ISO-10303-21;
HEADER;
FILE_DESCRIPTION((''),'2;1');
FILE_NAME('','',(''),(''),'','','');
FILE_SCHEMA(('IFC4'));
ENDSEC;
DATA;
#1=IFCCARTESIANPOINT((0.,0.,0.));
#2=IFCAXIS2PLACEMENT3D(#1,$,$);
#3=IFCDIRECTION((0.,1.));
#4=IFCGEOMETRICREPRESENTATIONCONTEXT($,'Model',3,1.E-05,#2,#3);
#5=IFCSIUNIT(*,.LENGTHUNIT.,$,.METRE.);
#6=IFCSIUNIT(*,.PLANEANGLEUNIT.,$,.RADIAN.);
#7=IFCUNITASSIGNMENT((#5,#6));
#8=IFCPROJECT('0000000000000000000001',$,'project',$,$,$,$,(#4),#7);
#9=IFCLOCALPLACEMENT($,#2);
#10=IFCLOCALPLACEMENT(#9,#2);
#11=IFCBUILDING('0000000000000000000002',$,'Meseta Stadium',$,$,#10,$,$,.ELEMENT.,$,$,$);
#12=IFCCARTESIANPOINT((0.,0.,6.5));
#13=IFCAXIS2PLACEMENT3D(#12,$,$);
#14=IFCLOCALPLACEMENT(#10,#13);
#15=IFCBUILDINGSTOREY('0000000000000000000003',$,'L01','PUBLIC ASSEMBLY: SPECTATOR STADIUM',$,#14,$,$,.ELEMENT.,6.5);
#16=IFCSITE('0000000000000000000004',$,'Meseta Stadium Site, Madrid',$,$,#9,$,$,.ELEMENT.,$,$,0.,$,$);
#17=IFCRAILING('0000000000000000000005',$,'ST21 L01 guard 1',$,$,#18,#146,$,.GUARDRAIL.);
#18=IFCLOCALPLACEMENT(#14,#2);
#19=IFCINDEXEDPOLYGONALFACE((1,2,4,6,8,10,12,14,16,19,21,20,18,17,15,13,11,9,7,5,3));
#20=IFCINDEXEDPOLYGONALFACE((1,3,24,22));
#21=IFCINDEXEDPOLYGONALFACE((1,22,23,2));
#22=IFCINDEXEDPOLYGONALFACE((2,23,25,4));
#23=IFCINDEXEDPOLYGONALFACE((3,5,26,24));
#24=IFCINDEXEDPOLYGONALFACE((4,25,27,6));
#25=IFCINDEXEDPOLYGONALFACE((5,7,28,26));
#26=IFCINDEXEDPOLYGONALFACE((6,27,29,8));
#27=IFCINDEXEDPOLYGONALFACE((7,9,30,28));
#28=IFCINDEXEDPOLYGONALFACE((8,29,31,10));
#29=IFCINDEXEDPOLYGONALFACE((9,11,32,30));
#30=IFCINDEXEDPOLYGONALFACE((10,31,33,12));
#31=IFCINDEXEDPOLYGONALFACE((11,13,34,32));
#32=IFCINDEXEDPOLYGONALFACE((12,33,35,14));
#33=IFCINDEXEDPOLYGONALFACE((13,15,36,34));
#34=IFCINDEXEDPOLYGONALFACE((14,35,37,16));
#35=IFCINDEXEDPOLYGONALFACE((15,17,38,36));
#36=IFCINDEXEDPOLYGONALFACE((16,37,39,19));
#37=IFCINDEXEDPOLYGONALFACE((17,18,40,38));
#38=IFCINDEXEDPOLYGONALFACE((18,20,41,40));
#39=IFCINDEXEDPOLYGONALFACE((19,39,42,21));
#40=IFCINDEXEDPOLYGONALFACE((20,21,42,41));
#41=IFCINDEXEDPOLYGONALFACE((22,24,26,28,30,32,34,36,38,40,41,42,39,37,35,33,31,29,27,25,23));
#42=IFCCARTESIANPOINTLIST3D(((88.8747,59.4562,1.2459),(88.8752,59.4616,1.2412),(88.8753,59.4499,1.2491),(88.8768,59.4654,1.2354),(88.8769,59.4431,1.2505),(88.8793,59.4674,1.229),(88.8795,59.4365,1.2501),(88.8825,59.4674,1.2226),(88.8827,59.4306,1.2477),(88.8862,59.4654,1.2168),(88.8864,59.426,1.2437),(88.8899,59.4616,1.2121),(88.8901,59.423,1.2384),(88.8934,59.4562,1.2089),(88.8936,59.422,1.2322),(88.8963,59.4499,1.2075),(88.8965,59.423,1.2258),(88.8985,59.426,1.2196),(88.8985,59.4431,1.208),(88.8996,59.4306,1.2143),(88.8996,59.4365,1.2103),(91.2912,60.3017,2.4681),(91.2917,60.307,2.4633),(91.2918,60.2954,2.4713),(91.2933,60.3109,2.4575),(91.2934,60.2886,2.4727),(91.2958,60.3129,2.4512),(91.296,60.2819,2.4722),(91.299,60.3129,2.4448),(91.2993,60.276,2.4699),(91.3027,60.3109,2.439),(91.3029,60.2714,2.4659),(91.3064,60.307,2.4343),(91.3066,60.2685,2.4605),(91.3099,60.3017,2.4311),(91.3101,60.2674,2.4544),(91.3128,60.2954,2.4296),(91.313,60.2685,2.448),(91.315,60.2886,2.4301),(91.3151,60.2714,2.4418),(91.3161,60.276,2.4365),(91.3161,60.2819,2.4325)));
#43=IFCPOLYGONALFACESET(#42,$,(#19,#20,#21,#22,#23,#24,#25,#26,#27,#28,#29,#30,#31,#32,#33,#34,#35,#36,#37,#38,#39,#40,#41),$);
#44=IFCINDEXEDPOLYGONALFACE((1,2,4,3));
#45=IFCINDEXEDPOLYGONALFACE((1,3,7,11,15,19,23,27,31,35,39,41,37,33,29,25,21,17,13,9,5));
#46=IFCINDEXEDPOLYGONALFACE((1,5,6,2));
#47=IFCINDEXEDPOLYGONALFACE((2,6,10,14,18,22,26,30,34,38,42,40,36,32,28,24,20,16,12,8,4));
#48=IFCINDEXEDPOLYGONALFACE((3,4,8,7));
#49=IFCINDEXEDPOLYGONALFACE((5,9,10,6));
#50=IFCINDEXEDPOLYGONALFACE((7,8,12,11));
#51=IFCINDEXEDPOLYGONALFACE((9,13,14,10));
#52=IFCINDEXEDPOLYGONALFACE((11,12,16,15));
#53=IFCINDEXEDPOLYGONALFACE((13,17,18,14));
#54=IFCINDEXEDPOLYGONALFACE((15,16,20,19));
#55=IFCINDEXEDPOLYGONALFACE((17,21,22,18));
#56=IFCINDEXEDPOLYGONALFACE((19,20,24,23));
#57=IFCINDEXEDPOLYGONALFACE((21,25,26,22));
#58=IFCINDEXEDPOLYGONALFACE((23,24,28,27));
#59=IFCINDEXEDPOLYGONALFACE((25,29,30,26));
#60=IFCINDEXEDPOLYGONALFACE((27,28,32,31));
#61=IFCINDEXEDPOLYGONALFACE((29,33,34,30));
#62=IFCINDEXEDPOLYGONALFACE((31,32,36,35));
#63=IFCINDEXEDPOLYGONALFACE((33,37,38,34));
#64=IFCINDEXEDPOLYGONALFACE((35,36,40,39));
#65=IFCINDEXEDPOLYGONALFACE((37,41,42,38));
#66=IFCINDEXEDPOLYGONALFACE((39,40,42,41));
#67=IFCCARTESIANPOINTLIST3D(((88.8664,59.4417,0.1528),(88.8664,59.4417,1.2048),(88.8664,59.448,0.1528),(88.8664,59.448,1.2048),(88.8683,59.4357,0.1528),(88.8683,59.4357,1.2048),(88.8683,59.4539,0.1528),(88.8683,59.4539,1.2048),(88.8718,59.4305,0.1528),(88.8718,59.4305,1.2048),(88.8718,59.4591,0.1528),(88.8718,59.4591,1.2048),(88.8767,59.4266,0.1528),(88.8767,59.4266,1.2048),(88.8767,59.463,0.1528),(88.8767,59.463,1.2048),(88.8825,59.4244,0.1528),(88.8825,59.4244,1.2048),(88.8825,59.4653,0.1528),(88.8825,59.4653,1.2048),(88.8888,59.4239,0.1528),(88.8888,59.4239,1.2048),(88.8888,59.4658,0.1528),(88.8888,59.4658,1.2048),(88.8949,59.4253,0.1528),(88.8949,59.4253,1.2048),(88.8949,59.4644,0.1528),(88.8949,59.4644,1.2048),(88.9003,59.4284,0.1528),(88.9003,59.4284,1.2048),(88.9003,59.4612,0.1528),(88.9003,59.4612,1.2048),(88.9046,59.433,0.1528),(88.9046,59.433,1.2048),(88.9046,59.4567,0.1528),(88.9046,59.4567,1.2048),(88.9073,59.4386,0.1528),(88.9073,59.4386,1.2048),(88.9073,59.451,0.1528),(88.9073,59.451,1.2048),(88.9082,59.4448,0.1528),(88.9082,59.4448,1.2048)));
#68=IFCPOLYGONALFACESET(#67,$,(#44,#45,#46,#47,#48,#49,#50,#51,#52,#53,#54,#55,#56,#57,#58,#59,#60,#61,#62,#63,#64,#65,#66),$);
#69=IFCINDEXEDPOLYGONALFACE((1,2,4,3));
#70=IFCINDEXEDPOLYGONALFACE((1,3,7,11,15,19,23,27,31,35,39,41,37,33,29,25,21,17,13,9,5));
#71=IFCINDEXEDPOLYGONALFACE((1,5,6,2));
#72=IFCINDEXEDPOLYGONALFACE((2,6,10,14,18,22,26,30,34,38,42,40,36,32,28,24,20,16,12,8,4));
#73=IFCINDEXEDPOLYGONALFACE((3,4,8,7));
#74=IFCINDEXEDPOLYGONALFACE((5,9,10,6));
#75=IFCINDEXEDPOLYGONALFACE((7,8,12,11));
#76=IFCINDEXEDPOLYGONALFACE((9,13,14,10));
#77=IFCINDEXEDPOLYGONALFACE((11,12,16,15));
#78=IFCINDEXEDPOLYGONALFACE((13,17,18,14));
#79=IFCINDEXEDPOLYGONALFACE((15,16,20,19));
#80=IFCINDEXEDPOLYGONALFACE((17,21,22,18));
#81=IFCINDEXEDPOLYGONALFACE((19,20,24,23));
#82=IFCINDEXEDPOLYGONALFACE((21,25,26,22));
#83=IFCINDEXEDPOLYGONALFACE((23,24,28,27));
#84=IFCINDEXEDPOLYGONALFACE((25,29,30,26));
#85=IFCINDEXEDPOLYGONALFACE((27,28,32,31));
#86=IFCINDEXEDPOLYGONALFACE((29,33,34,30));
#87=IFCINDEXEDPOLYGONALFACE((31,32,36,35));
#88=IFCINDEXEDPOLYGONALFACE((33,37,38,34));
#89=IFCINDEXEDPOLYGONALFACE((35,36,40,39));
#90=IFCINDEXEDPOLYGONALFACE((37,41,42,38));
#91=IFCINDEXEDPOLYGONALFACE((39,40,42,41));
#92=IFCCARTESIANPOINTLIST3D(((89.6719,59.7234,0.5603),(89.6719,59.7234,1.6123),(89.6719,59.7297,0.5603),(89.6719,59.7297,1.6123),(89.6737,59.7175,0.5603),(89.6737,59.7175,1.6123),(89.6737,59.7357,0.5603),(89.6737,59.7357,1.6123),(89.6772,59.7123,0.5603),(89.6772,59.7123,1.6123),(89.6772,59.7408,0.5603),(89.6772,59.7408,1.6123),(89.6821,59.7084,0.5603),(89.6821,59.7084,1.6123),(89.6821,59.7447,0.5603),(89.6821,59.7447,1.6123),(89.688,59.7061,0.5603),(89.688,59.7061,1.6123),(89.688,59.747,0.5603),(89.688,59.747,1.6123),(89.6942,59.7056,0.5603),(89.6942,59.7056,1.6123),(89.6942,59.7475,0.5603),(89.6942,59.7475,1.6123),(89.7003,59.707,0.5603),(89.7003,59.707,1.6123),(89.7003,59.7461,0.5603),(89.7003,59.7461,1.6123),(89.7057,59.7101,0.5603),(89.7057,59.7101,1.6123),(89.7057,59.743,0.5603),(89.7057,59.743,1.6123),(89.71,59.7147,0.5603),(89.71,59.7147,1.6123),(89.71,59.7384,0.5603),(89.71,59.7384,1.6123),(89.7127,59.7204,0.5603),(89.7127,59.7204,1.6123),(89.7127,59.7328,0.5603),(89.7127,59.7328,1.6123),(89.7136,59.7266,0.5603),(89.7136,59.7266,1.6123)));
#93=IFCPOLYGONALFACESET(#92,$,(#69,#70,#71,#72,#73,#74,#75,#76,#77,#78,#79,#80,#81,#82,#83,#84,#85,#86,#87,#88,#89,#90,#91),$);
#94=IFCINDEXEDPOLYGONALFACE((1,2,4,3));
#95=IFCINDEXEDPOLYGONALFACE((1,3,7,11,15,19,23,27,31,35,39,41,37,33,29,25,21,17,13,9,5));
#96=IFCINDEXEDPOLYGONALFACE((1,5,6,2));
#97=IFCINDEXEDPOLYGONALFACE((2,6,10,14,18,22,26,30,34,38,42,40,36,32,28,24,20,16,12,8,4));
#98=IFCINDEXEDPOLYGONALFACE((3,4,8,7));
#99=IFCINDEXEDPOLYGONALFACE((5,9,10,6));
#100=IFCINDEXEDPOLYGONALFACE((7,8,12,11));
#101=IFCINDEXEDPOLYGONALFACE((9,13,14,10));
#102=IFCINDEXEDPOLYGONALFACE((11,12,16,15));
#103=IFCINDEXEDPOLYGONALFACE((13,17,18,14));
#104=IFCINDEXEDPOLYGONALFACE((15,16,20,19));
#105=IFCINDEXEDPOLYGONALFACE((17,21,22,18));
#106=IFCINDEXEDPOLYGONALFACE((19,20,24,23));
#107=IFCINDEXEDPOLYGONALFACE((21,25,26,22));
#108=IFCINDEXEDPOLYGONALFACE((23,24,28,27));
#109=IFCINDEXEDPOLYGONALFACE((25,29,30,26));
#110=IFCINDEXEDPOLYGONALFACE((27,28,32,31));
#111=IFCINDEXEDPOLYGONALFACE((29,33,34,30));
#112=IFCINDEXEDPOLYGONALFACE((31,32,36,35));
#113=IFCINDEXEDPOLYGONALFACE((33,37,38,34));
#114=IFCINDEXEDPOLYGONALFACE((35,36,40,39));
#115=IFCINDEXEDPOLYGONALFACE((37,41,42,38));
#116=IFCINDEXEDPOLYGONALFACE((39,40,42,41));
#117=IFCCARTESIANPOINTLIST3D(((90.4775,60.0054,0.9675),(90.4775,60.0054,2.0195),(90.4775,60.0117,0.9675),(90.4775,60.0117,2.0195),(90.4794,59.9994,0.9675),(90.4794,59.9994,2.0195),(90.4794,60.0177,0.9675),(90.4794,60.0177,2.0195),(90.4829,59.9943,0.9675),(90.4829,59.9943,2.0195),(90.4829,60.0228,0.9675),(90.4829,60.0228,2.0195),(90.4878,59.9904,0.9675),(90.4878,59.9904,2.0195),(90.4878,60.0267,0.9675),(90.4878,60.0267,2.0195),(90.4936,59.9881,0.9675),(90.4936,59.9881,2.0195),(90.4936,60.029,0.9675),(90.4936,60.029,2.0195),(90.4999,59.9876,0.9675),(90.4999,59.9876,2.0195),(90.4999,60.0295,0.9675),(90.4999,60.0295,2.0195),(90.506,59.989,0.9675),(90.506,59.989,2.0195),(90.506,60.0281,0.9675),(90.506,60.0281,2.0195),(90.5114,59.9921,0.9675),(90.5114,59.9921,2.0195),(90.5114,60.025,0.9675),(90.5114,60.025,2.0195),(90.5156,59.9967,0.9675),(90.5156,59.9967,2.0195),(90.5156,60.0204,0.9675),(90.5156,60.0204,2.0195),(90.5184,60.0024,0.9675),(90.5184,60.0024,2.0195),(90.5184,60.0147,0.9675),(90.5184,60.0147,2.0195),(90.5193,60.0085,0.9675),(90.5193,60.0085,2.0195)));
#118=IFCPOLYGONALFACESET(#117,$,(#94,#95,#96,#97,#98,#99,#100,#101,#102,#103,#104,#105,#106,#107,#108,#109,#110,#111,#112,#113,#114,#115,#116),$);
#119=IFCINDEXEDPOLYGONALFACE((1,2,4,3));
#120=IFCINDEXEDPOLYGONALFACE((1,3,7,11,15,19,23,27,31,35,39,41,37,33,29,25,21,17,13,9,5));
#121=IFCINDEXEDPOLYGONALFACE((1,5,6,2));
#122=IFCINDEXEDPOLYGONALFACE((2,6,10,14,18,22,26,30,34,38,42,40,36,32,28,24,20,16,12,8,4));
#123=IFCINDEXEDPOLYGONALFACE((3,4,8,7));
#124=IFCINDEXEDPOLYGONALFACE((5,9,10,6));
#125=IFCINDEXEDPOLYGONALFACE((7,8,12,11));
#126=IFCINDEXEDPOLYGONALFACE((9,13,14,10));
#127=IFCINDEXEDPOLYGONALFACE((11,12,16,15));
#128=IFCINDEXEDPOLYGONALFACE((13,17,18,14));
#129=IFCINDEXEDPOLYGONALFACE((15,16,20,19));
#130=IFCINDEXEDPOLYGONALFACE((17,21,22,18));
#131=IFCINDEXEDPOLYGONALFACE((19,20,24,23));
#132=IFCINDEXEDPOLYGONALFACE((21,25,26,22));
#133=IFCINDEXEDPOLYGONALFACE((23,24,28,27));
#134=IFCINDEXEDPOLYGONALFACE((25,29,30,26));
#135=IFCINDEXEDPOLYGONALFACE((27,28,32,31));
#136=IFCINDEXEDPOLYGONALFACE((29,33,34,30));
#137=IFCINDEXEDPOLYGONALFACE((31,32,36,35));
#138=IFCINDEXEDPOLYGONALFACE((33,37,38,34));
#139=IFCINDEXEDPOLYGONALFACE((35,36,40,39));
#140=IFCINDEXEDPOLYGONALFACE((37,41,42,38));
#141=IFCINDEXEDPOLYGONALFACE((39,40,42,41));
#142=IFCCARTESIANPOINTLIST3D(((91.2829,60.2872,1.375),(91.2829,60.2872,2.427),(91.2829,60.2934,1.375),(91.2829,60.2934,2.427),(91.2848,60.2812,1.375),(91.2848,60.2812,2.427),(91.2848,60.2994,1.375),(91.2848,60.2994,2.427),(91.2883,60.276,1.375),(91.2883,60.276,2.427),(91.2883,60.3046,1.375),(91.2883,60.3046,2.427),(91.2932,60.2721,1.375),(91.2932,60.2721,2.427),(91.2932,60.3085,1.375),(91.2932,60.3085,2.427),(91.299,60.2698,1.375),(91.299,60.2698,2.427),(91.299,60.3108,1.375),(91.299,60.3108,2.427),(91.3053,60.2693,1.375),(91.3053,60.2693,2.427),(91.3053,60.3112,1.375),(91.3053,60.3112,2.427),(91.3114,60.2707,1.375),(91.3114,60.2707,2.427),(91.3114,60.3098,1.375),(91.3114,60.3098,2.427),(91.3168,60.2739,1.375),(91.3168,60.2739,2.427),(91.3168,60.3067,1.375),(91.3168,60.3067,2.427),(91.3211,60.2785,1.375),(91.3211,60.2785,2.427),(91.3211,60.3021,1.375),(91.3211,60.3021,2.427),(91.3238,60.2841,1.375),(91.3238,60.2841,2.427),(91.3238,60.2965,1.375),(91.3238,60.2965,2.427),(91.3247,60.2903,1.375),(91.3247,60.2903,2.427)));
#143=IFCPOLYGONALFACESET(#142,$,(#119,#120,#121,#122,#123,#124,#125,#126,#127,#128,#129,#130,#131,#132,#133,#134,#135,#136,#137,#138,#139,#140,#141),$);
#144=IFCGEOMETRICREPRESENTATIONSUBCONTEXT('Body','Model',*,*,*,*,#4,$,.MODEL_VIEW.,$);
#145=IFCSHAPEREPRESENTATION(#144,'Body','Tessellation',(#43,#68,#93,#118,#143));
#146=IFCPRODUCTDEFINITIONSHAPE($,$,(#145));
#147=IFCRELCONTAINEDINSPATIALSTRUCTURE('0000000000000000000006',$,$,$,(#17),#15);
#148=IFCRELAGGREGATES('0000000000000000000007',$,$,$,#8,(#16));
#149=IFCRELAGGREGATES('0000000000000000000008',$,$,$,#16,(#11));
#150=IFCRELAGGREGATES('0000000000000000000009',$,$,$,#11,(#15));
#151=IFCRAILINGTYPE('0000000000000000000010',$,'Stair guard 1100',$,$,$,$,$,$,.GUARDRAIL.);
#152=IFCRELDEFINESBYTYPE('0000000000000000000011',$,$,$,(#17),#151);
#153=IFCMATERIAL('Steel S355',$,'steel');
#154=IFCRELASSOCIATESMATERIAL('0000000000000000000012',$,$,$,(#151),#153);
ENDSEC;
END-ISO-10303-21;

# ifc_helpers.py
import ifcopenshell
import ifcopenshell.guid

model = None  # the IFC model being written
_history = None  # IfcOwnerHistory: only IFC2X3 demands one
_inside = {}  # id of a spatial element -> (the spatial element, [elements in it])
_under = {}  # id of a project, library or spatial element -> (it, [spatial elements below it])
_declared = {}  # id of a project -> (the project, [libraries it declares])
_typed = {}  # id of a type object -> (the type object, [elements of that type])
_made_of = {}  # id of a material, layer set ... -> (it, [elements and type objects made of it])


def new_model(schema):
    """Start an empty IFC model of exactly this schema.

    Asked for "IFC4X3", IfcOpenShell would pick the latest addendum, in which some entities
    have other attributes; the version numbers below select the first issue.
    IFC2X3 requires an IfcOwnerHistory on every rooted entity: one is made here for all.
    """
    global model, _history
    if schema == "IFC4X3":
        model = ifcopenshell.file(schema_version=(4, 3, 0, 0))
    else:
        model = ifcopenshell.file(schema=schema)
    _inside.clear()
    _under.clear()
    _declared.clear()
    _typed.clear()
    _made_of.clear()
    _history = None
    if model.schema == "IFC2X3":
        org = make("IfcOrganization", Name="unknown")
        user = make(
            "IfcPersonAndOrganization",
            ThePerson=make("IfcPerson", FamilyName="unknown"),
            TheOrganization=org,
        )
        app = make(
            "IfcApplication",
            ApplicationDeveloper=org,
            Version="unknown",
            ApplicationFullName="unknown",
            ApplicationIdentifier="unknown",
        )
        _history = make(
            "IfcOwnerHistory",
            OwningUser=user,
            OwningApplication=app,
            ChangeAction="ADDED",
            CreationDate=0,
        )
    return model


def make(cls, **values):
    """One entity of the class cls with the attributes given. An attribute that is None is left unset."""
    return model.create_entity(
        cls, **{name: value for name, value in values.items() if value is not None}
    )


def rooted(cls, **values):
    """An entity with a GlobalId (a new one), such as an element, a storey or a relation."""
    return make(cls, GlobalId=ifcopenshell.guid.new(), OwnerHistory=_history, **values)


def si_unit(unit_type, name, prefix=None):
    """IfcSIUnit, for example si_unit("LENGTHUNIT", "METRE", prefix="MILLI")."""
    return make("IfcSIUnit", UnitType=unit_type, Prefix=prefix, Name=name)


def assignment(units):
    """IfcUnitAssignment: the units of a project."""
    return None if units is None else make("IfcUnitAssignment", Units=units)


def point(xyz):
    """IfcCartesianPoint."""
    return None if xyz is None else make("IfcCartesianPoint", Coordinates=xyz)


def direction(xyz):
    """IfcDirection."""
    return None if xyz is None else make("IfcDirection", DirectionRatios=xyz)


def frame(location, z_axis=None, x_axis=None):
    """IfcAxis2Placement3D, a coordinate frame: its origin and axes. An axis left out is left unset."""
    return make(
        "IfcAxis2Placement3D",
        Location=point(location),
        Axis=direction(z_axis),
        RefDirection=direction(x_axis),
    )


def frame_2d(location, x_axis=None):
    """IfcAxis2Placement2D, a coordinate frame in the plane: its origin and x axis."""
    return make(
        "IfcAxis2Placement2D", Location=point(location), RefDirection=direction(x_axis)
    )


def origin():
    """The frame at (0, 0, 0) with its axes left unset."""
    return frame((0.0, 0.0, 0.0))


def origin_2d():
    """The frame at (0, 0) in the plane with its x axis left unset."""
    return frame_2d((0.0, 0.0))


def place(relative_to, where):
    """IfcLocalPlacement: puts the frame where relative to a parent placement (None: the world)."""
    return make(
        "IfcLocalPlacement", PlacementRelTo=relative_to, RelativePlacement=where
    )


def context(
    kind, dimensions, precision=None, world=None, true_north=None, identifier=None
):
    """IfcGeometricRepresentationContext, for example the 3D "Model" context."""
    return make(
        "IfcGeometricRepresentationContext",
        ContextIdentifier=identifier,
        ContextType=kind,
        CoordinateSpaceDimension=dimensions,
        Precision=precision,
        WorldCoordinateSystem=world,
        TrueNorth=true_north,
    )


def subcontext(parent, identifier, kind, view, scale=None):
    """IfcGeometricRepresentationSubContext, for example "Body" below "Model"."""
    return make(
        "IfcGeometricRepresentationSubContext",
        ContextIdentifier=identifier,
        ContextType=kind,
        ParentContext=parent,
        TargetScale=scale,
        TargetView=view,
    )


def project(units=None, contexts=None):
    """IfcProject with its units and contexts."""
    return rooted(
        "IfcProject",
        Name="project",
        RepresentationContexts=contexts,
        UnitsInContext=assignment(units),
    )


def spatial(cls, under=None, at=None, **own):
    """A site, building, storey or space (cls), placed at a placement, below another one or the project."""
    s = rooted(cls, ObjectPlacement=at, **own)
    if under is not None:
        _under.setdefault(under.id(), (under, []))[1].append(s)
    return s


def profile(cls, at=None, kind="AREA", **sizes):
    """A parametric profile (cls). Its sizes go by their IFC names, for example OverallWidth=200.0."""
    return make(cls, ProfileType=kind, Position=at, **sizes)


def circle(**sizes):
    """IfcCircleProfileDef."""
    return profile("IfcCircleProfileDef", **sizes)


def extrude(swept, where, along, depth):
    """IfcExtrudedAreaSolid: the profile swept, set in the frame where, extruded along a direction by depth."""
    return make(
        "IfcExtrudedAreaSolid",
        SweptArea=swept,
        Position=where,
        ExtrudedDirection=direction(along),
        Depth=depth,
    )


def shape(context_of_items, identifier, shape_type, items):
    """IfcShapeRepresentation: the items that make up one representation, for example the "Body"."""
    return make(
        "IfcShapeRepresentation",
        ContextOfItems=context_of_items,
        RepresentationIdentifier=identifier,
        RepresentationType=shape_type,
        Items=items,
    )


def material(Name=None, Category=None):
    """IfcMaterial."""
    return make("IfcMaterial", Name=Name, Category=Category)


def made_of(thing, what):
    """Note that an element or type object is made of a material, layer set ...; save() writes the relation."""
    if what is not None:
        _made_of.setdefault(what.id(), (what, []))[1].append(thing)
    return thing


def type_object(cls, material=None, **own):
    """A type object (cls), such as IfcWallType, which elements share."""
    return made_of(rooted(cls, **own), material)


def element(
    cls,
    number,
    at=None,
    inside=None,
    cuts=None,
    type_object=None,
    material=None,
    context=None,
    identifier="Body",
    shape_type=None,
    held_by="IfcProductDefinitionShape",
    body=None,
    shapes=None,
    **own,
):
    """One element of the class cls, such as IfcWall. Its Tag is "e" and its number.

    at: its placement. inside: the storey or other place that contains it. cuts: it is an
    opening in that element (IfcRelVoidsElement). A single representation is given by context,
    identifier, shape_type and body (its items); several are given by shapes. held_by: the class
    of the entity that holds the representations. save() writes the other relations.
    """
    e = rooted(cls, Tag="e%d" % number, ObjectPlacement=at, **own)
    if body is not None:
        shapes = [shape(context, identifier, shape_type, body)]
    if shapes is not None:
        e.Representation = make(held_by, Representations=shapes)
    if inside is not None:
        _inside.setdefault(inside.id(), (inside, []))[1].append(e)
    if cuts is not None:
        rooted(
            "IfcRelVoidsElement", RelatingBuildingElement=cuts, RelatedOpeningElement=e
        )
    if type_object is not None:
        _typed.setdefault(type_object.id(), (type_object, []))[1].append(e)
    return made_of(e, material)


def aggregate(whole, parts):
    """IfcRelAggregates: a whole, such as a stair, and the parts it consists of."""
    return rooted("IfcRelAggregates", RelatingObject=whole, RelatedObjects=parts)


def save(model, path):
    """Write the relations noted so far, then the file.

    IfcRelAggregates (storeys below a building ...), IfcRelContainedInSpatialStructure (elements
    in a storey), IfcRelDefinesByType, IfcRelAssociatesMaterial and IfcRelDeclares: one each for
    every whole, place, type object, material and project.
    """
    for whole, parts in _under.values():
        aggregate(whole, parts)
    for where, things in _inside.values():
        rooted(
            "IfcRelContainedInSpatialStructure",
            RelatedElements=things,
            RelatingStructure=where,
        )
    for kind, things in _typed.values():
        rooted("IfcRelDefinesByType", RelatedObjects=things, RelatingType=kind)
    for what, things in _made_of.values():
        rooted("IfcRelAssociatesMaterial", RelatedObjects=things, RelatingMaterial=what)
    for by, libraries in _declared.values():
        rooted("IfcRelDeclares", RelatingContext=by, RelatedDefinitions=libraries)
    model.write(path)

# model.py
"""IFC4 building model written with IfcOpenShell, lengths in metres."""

from ifc_helpers import new_model, si_unit, direction, frame, origin, origin_2d, place, context, subcontext, project, spatial, circle, extrude, material, type_object, element, save


model = new_model("IFC4")

# Units and contexts
model_context = context("Model", 3, precision=1e-05, world=origin(), true_north=direction((0.0, 1.0)))
body_context = subcontext(model_context, "Body", "Model", "MODEL_VIEW")
ifc_project = project(units=[si_unit("LENGTHUNIT", "METRE"), si_unit("PLANEANGLEUNIT", "RADIAN")], contexts=[model_context])

# Site, building, storey
site_placement = place(None, origin())
site = spatial("IfcSite", under=ifc_project, at=site_placement, Name="Meseta Stadium Site, Madrid", CompositionType="ELEMENT", RefElevation=0.0)
building_placement = place(site_placement, origin())
building = spatial("IfcBuilding", under=site, at=building_placement, Name="Meseta Stadium", CompositionType="ELEMENT")
storey_placement = place(building_placement, frame((0.0, 0.0, 6.5)))
storey = spatial("IfcBuildingStorey", under=building, at=storey_placement, Name="L01", Description="PUBLIC ASSEMBLY: SPECTATOR STADIUM", CompositionType="ELEMENT", Elevation=6.5)

# Railing
ifc_material_1 = material(Name="Steel S355", Category="steel")
railing_type_1 = type_object("IfcRailingType", Name="Stair guard 1100", PredefinedType="GUARDRAIL", material=ifc_material_1)
railing_1_placement = place(storey_placement, frame((88.8872, 59.4448, 0.1528)))
element("IfcRailing", 1, at=railing_1_placement, inside=storey, type_object=railing_type_1, Name="ST21 L01 guard 1", PredefinedType="GUARDRAIL", context=body_context, shape_type="SweptSolid", body=[
    extrude(circle(Radius=0.0239, at=origin_2d()), frame((0.0, 0.0, 1.0762), z_axis=(0.851812, 0.298022, 0.430811), x_axis=(-0.33024, 0.943897, 0.0)), (0.0, 0.0, 1.0), 2.8369),
    extrude(circle(Radius=0.021, at=origin_2d()), origin(), (0.0, 0.0, 1.0), 1.052),
    extrude(circle(Radius=0.021, at=origin_2d()), frame((0.8054, 0.2817, 0.4075)), (0.0, 0.0, 1.0), 1.052),
    extrude(circle(Radius=0.021, at=origin_2d()), frame((1.6111, 0.5637, 0.8147)), (0.0, 0.0, 1.0), 1.052),
    extrude(circle(Radius=0.021, at=origin_2d()), frame((2.4165, 0.8455, 1.2222)), (0.0, 0.0, 1.0), 1.052),
])

save(model, "model.ifc")
